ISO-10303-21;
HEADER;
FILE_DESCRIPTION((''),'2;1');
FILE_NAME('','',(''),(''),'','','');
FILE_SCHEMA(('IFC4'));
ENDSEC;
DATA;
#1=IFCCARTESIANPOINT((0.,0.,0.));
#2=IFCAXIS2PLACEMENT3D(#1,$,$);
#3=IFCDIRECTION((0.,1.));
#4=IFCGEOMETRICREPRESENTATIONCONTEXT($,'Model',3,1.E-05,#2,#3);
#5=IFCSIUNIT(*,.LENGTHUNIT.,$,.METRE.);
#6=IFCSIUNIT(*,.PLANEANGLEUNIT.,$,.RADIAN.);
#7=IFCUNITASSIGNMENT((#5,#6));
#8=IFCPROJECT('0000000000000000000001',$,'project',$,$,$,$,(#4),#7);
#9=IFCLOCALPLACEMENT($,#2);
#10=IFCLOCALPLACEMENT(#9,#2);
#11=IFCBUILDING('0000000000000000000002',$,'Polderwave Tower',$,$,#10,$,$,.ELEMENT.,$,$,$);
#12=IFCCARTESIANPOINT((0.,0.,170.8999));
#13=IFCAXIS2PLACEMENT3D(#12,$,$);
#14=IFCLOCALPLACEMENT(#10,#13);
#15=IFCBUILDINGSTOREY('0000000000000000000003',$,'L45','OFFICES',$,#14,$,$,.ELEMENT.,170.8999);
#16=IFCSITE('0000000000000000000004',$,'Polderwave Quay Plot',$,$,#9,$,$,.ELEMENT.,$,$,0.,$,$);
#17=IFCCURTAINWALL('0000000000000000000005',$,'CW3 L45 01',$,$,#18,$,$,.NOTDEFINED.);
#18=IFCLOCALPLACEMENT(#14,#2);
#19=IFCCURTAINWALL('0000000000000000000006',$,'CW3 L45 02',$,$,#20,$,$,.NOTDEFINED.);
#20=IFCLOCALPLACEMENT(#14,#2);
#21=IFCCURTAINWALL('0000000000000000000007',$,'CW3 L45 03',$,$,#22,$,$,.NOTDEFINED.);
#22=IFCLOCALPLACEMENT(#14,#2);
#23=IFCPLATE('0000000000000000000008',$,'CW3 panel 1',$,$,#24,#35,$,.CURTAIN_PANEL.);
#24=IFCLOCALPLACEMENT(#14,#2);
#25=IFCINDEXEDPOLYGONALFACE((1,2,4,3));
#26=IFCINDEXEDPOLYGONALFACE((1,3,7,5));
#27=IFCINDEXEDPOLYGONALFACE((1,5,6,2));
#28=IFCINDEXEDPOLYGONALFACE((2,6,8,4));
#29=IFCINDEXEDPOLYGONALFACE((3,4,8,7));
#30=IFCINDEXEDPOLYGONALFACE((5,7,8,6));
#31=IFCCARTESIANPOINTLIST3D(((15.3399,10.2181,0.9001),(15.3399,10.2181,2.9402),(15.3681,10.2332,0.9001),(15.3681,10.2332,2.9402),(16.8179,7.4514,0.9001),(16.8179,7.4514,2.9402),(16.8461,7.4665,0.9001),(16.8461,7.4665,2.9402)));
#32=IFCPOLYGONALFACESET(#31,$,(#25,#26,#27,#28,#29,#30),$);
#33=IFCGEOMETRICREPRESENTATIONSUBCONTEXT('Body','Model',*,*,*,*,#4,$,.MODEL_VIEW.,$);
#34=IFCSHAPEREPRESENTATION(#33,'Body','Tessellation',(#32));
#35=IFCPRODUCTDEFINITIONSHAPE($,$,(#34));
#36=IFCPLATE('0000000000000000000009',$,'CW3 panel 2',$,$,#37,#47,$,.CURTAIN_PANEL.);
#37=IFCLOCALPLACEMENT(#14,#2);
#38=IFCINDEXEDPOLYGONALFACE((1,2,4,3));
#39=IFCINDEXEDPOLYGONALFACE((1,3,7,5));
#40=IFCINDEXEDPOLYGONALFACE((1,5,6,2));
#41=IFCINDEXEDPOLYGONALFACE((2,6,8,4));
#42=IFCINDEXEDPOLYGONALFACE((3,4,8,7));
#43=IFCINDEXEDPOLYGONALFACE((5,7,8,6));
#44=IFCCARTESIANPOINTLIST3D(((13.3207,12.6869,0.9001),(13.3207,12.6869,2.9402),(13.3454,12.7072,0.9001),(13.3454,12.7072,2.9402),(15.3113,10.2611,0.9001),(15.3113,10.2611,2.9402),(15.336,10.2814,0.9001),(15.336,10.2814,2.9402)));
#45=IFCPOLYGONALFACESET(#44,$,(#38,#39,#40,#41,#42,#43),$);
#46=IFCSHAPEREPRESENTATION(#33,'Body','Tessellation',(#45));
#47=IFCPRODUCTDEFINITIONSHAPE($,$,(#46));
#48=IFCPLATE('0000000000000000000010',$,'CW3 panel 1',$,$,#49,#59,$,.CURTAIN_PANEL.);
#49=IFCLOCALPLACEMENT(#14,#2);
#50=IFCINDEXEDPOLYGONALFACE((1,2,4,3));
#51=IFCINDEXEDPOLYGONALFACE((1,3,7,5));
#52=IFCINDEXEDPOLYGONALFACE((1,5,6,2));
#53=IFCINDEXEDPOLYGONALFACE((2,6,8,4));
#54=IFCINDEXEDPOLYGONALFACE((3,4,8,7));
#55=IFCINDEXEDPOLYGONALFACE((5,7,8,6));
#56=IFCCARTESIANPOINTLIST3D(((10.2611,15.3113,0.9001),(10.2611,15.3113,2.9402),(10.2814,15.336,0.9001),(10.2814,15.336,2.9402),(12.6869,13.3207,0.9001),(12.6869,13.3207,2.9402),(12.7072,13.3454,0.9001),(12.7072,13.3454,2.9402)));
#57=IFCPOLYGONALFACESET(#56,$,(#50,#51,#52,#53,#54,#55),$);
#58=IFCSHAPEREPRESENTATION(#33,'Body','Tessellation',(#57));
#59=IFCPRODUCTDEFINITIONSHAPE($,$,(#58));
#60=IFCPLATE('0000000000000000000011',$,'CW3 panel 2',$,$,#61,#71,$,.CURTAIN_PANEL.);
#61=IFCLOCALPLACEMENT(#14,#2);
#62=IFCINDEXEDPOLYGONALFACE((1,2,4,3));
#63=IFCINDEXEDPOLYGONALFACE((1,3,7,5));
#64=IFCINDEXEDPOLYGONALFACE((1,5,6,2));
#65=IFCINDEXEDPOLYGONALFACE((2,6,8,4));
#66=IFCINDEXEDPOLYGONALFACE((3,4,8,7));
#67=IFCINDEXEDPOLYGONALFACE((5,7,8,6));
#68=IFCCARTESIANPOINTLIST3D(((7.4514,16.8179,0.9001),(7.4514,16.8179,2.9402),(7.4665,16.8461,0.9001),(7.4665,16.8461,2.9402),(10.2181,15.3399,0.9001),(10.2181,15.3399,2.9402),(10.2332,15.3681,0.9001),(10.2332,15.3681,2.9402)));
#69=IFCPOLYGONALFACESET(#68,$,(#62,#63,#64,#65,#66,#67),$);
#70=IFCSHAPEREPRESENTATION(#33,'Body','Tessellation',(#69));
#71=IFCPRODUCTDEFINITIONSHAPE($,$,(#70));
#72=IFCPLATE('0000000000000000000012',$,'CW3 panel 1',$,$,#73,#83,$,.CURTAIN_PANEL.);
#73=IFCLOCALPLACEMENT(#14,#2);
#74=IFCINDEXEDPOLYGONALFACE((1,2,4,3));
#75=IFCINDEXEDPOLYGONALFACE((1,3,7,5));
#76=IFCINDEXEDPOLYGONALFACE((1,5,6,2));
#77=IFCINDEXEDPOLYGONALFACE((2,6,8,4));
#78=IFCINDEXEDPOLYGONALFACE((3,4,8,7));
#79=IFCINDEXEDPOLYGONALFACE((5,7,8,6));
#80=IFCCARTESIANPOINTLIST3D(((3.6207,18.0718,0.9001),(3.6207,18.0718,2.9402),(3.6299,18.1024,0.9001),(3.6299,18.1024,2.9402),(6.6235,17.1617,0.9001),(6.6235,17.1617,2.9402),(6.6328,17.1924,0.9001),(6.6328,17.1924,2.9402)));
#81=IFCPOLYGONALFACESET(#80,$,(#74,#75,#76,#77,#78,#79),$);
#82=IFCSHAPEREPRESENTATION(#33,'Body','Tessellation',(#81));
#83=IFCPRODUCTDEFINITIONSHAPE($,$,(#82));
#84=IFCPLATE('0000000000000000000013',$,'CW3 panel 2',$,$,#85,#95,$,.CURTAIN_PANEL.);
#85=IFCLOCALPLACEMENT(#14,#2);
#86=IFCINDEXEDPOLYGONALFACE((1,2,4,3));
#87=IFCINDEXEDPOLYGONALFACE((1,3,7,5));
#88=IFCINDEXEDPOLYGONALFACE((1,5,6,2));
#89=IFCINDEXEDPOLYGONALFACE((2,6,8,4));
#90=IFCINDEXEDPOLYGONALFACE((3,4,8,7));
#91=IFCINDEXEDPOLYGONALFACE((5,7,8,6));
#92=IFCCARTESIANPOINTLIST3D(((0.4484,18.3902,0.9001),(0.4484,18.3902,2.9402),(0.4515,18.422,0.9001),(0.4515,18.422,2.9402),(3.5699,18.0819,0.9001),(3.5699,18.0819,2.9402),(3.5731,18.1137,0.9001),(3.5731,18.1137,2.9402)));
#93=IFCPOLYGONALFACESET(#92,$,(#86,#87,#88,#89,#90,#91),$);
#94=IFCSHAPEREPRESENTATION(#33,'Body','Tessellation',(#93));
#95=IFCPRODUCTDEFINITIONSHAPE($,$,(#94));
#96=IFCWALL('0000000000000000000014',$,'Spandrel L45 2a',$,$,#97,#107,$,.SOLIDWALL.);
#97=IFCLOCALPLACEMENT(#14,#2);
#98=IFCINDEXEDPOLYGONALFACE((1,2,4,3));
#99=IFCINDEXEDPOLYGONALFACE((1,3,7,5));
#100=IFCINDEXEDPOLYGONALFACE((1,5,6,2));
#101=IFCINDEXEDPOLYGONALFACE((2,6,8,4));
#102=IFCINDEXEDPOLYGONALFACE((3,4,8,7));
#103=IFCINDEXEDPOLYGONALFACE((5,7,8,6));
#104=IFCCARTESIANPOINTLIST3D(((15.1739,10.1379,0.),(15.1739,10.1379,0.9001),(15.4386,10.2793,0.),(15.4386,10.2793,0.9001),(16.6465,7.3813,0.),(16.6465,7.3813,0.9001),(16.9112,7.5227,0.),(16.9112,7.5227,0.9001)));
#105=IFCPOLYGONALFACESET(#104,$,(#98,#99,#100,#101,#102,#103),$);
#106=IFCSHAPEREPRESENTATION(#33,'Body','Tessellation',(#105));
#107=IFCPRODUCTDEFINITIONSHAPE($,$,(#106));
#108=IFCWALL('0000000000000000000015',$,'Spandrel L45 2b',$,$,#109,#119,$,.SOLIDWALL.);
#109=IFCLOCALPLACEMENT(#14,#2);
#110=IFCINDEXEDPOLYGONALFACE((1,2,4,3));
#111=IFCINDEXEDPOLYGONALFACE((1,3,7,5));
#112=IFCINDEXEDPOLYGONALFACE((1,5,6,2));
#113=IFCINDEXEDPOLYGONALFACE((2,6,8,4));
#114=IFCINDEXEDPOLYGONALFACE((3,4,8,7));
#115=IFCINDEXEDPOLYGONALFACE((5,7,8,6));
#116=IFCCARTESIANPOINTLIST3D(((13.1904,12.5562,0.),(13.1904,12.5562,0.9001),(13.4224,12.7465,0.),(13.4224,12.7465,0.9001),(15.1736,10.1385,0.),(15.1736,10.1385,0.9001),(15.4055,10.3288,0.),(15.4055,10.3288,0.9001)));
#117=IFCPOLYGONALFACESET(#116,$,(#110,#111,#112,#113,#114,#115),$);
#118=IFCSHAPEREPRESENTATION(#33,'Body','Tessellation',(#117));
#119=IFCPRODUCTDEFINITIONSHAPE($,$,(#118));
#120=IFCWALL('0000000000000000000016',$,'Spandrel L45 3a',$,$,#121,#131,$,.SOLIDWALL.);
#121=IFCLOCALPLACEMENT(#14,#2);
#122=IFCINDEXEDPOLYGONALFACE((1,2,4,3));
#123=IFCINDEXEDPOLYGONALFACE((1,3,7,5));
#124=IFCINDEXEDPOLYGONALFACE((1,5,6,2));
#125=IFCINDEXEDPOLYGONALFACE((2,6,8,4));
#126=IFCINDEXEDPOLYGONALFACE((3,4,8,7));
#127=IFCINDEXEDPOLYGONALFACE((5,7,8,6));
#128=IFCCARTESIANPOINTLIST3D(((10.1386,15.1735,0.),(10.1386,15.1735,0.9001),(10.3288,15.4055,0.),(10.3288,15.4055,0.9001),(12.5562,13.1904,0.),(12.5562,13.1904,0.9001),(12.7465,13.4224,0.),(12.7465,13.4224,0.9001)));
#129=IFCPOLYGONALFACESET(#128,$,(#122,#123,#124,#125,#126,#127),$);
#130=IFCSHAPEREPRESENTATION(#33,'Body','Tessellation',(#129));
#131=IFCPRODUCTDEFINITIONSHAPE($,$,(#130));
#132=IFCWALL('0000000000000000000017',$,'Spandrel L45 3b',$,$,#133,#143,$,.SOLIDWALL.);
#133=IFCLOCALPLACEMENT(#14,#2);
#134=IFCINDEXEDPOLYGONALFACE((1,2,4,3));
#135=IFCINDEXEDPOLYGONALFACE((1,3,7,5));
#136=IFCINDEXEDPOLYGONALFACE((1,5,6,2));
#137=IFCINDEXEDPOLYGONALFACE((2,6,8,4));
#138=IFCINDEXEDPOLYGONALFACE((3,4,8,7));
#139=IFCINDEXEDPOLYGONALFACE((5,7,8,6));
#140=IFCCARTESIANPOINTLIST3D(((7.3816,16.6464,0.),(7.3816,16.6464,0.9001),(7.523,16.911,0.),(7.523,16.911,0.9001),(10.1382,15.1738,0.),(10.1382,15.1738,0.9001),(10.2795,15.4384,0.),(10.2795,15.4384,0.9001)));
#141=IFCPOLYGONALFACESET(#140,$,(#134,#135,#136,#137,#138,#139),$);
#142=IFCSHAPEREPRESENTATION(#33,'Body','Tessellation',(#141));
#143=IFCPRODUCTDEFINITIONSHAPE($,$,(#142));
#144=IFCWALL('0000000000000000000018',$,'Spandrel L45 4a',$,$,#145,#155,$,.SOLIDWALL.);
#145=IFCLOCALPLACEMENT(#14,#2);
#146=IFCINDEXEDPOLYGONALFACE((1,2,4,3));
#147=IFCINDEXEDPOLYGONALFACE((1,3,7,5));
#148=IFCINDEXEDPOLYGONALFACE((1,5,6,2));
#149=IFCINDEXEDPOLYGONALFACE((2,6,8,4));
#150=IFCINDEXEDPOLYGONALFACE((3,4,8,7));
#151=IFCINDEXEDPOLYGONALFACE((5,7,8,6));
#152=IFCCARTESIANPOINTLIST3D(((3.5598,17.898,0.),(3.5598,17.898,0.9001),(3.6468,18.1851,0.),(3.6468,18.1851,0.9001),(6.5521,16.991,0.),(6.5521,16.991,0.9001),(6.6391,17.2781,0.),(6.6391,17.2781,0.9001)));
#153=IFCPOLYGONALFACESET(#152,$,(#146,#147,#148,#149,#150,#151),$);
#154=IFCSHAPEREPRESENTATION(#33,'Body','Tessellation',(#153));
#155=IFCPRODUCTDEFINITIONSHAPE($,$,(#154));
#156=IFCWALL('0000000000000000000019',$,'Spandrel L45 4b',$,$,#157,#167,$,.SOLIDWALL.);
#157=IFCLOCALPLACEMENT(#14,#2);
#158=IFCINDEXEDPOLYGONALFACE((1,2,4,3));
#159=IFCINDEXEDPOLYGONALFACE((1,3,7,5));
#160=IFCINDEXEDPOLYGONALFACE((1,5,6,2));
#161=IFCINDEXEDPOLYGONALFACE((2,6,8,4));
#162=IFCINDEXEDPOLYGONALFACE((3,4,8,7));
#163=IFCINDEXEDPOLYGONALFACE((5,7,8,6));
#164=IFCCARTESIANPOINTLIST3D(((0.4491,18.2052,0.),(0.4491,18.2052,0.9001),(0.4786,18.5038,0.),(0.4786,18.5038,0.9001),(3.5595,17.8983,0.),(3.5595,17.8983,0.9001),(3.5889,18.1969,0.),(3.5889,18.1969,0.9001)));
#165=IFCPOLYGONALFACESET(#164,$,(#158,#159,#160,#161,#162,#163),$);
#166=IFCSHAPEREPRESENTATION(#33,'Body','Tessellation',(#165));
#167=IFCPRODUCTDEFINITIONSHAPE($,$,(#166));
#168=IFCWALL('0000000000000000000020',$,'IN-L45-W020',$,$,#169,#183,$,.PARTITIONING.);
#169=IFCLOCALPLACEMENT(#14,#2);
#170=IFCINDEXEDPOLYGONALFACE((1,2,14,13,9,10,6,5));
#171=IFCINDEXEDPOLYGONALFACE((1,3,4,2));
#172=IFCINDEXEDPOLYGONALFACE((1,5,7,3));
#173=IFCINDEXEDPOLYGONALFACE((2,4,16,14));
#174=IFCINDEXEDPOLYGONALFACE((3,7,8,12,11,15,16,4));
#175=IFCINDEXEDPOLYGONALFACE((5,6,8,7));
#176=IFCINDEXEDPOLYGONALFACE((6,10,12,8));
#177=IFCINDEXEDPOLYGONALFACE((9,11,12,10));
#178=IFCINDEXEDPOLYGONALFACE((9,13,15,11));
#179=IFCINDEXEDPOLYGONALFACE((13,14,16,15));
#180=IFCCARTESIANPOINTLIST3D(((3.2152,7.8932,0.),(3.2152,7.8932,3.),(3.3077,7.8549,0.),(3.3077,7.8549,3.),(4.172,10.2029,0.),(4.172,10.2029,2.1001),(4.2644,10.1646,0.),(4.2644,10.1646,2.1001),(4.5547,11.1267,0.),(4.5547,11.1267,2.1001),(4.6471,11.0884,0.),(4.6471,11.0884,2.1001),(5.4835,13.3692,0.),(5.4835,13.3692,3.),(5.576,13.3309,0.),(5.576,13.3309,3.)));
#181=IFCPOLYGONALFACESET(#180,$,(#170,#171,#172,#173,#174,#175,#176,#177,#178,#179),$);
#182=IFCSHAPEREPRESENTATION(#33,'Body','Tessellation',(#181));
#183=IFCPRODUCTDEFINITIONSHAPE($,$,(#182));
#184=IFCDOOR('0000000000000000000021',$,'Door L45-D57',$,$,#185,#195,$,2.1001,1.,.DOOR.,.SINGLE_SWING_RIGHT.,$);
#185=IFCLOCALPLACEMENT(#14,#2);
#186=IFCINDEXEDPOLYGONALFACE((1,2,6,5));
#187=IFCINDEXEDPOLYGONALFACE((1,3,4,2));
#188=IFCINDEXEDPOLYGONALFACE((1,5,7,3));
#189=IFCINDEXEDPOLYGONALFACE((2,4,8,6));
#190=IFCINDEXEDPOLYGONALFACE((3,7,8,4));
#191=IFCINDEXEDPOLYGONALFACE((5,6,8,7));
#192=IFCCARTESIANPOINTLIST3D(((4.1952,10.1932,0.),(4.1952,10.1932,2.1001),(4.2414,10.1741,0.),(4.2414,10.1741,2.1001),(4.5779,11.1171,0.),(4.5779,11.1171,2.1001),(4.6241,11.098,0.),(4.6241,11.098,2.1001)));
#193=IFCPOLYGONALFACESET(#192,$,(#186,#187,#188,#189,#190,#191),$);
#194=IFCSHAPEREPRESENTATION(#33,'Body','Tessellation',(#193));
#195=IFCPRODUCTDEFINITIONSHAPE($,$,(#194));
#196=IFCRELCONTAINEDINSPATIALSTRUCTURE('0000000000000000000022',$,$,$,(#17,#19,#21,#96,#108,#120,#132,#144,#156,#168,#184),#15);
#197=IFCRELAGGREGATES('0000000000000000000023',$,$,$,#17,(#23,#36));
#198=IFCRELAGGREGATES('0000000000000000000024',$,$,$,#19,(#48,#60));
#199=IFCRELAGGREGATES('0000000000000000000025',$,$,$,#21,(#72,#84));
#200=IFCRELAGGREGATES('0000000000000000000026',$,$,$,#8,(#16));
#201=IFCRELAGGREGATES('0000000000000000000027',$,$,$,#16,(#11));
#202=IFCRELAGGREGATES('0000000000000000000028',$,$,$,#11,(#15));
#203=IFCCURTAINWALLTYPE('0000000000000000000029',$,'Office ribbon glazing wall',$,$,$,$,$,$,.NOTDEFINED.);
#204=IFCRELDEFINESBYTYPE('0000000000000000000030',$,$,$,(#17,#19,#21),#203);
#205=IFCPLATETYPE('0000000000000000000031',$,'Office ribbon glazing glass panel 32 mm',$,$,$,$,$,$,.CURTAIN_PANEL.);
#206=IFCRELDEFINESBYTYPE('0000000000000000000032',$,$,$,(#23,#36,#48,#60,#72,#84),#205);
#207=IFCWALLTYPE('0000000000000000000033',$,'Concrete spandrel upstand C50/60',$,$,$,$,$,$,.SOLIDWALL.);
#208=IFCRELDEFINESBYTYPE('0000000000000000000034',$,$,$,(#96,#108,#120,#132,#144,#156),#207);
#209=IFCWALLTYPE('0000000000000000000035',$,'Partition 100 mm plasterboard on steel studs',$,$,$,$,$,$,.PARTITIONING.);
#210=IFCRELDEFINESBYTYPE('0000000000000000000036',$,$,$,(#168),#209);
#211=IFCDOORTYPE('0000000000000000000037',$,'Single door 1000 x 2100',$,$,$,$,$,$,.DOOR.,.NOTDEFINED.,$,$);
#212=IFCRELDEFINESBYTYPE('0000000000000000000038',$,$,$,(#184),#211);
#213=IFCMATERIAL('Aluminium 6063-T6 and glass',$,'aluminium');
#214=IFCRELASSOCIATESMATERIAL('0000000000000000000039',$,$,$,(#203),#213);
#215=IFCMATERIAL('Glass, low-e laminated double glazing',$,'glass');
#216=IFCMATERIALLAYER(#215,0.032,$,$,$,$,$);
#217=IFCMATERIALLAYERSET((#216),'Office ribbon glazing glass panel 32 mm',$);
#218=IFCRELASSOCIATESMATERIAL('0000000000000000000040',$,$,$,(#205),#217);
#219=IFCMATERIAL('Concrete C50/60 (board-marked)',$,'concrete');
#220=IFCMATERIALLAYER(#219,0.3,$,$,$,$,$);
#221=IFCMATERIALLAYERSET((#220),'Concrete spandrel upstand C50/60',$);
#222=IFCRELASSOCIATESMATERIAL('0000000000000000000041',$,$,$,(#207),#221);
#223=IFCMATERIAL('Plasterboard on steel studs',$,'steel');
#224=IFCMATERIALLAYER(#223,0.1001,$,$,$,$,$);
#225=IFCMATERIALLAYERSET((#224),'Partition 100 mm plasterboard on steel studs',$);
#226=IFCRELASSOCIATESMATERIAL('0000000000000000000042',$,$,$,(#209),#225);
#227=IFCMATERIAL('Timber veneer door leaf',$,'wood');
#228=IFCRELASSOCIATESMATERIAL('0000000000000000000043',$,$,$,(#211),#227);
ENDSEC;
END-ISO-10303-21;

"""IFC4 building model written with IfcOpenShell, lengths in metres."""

from ifc_helpers import new_model, si_unit, direction, frame, frame_2d, origin, origin_2d, place, context, subcontext, project, spatial, rectangle, extrude, material, layer, layer_set, type_object, element, fill, aggregate, save


model = new_model("IFC4")

# Units and contexts
model_context = context("Model", 3, precision=1e-05, world=origin(), true_north=direction((0.0, 1.0)))
body_context = subcontext(model_context, "Body", "Model", "MODEL_VIEW")
ifc_project = project(units=[si_unit("LENGTHUNIT", "METRE"), si_unit("PLANEANGLEUNIT", "RADIAN")], contexts=[model_context])

# Site, building, storey
site_placement = place(None, origin())
site = spatial("IfcSite", under=ifc_project, at=site_placement, Name="Polderwave Quay Plot", CompositionType="ELEMENT", RefElevation=0.0)
building_placement = place(site_placement, origin())
building = spatial("IfcBuilding", under=site, at=building_placement, Name="Polderwave Tower", CompositionType="ELEMENT")
storey_placement = place(building_placement, frame((0.0, 0.0, 170.8999)))
storey = spatial("IfcBuildingStorey", under=building, at=storey_placement, Name="L45", Description="OFFICES", CompositionType="ELEMENT", Elevation=170.8999)

# Curtain walls
ifc_material_1 = material(Name="Aluminium 6063-T6 and glass", Category="aluminium")
curtain_wall_type = type_object("IfcCurtainWallType", Name="Office ribbon glazing wall", PredefinedType="NOTDEFINED", material=ifc_material_1)
curtain_wall_1_placement = place(storey_placement, origin())
curtain_wall_1 = element("IfcCurtainWall", 1, at=curtain_wall_1_placement, inside=storey, type_object=curtain_wall_type, Name="CW3 L45 01", PredefinedType="NOTDEFINED")
curtain_wall_2_placement = place(storey_placement, origin())
curtain_wall_2 = element("IfcCurtainWall", 2, at=curtain_wall_2_placement, inside=storey, type_object=curtain_wall_type, Name="CW3 L45 02", PredefinedType="NOTDEFINED")
curtain_wall_3_placement = place(storey_placement, origin())
curtain_wall_3 = element("IfcCurtainWall", 3, at=curtain_wall_3_placement, inside=storey, type_object=curtain_wall_type, Name="CW3 L45 03", PredefinedType="NOTDEFINED")

# Plates
ifc_material_2 = material(Name="Glass, low-e laminated double glazing", Category="glass")
ifc_layer_1 = layer(ifc_material_2, 0.032)
ifc_layer_set_1 = layer_set([ifc_layer_1], Name="Office ribbon glazing glass panel 32 mm")
plate_type = type_object("IfcPlateType", Name="Office ribbon glazing glass panel 32 mm", PredefinedType="CURTAIN_PANEL", material=ifc_layer_set_1)
plate_1_placement = place(storey_placement, frame((16.093, 8.8423, 0.9001), z_axis=(0.0, 0.0, 1.0), x_axis=(-0.471195, 0.882029, 0.0)))
plate_1 = element("IfcPlate", 4, at=plate_1_placement, type_object=plate_type, Name="CW3 panel 1", PredefinedType="CURTAIN_PANEL", context=body_context, shape_type="SweptSolid", body=[
    extrude(rectangle(XDim=3.1367, YDim=0.032, at=origin_2d()), origin(), (0.0, 0.0, 1.0), 2.04),
])
plate_2_placement = place(storey_placement, frame((14.3284, 11.4841, 0.9001), z_axis=(0.0, 0.0, 1.0), x_axis=(-0.634356, 0.773041, 0.0)))
plate_2 = element("IfcPlate", 5, at=plate_2_placement, type_object=plate_type, Name="CW3 panel 2", PredefinedType="CURTAIN_PANEL", context=body_context, shape_type="SweptSolid", body=[
    extrude(rectangle(XDim=3.1379, YDim=0.032, at=origin_2d()), origin(), (0.0, 0.0, 1.0), 2.04),
])
aggregate(curtain_wall_1, [plate_1, plate_2])
plate_3_placement = place(storey_placement, frame((11.4841, 14.3284, 0.9001), z_axis=(0.0, 0.0, 1.0), x_axis=(-0.773041, 0.634356, 0.0)))
plate_3 = element("IfcPlate", 6, at=plate_3_placement, type_object=plate_type, Name="CW3 panel 1", PredefinedType="CURTAIN_PANEL", context=body_context, shape_type="SweptSolid", body=[
    extrude(rectangle(XDim=3.1379, YDim=0.032, at=origin_2d()), origin(), (0.0, 0.0, 1.0), 2.04),
])
plate_4_placement = place(storey_placement, frame((8.8423, 16.093, 0.9001), z_axis=(0.0, 0.0, 1.0), x_axis=(-0.882029, 0.471195, 0.0)))
plate_4 = element("IfcPlate", 7, at=plate_4_placement, type_object=plate_type, Name="CW3 panel 2", PredefinedType="CURTAIN_PANEL", context=body_context, shape_type="SweptSolid", body=[
    extrude(rectangle(XDim=3.1367, YDim=0.032, at=origin_2d()), origin(), (0.0, 0.0, 1.0), 2.04),
])
aggregate(curtain_wall_2, [plate_3, plate_4])
plate_5_placement = place(storey_placement, frame((5.1267, 17.6321, 0.9001), z_axis=(0.0, 0.0, 1.0), x_axis=(-0.957014, 0.290042, 0.0)))
plate_5 = element("IfcPlate", 8, at=plate_5_placement, type_object=plate_type, Name="CW3 panel 1", PredefinedType="CURTAIN_PANEL", context=body_context, shape_type="SweptSolid", body=[
    extrude(rectangle(XDim=3.1377, YDim=0.032, at=origin_2d()), origin(), (0.0, 0.0, 1.0), 2.04),
])
plate_6_placement = place(storey_placement, frame((2.0107, 18.252, 0.9001), z_axis=(0.0, 0.0, 1.0), x_axis=(-0.995159, 0.098283, 0.0)))
plate_6 = element("IfcPlate", 9, at=plate_6_placement, type_object=plate_type, Name="CW3 panel 2", PredefinedType="CURTAIN_PANEL", context=body_context, shape_type="SweptSolid", body=[
    extrude(rectangle(XDim=3.1367, YDim=0.032, at=origin_2d()), origin(), (0.0, 0.0, 1.0), 2.04),
])
aggregate(curtain_wall_3, [plate_5, plate_6])

# Walls
ifc_material_3 = material(Name="Concrete C50/60 (board-marked)", Category="concrete")
ifc_layer_2 = layer(ifc_material_3, 0.3)
ifc_layer_set_2 = layer_set([ifc_layer_2], Name="Concrete spandrel upstand C50/60")
wall_type_1 = type_object("IfcWallType", Name="Concrete spandrel upstand C50/60", PredefinedType="SOLIDWALL", material=ifc_layer_set_2)
wall_1_placement = place(storey_placement, frame((16.7788, 7.4521, 0.0), z_axis=(0.0, 0.0, 1.0), x_axis=(-0.471204, 0.882024, 0.0)))
element("IfcWall", 10, at=wall_1_placement, inside=storey, type_object=wall_type_1, Name="Spandrel L45 2a", PredefinedType="SOLIDWALL", context=body_context, shape_type="SweptSolid", body=[
    extrude(rectangle(XDim=3.1252, YDim=0.3, at=frame_2d((1.5625, 0.0))), origin(), (0.0, 0.0, 1.0), 0.9001),
])
for number, where, z_axis, x_axis, name in (
    (11, (15.2896, 10.2336, 0.0), (0.0, 0.0, 1.0), (-0.634198, 0.773171, 0.0), "Spandrel L45 2b"),
    (12, (12.6514, 13.3064, 0.0), (0.0, 0.0, 1.0), (-0.773171, 0.634198, 0.0), "Spandrel L45 3a"),
):
    element("IfcWall", number, at=place(storey_placement, frame(where, z_axis=z_axis, x_axis=x_axis)), inside=storey, type_object=wall_type_1, Name=name, PredefinedType="SOLIDWALL", context=body_context, shape_type="SweptSolid", body=[
        extrude(rectangle(XDim=3.127, YDim=0.3, at=frame_2d((1.5635, 0.0))), origin(), (0.0, 0.0, 1.0), 0.9001),
    ])
wall_2_placement = place(storey_placement, frame((10.2087, 15.3062, 0.0), z_axis=(0.0, 0.0, 1.0), x_axis=(-0.882024, 0.471204, 0.0)))
element("IfcWall", 13, at=wall_2_placement, inside=storey, type_object=wall_type_1, Name="Spandrel L45 3b", PredefinedType="SOLIDWALL", context=body_context, shape_type="SweptSolid", body=[
    extrude(rectangle(XDim=3.1252, YDim=0.3, at=frame_2d((1.5625, 0.0))), origin(), (0.0, 0.0, 1.0), 0.9001),
])
wall_3_placement = place(storey_placement, frame((6.5957, 17.1345, 0.0), z_axis=(0.0, 0.0, 1.0), x_axis=(-0.957001, 0.290083, 0.0)))
element("IfcWall", 14, at=wall_3_placement, inside=storey, type_object=wall_type_1, Name="Spandrel L45 4a", PredefinedType="SOLIDWALL", context=body_context, shape_type="SweptSolid", body=[
    extrude(rectangle(XDim=3.1267, YDim=0.3, at=frame_2d((1.5635, 0.0))), origin(), (0.0, 0.0, 1.0), 0.9001),
])
wall_4_placement = place(storey_placement, frame((3.5742, 18.0476, 0.0), z_axis=(0.0, 0.0, 1.0), x_axis=(-0.995168, 0.098189, 0.0)))
element("IfcWall", 15, at=wall_4_placement, inside=storey, type_object=wall_type_1, Name="Spandrel L45 4b", PredefinedType="SOLIDWALL", context=body_context, shape_type="SweptSolid", body=[
    extrude(rectangle(XDim=3.1255, YDim=0.3, at=frame_2d((1.5627, 0.0))), origin(), (0.0, 0.0, 1.0), 0.9001),
])

# Wall, opening, door
ifc_material_4 = material(Name="Plasterboard on steel studs", Category="steel")
ifc_layer_3 = layer(ifc_material_4, 0.1001)
ifc_layer_set_3 = layer_set([ifc_layer_3], Name="Partition 100 mm plasterboard on steel studs")
wall_type_2 = type_object("IfcWallType", Name="Partition 100 mm plasterboard on steel studs", PredefinedType="PARTITIONING", material=ifc_layer_set_3)
wall_5_placement = place(storey_placement, frame((3.2615, 7.874, 0.0), z_axis=(0.0, 0.0, 1.0), x_axis=(0.38269, 0.923877, 0.0)))
wall_5 = element("IfcWall", 16, at=wall_5_placement, inside=storey, type_object=wall_type_2, Name="IN-L45-W020", PredefinedType="PARTITIONING", context=body_context, shape_type="SweptSolid", body=[
    extrude(rectangle(XDim=5.9272, YDim=0.1001, at=frame_2d((2.9636, 0.0))), origin(), (0.0, 0.0, 1.0), 3.0),
])
opening_1_placement = place(wall_5_placement, frame((2.5, 0.0, 0.0)))
opening_1 = element("IfcOpeningElement", 17, at=opening_1_placement, cuts=wall_5, PredefinedType="OPENING", context=body_context, shape_type="SweptSolid", body=[
    extrude(rectangle(XDim=1.0, YDim=2.1001, at=frame_2d((0.5, 1.05))), frame((0.0, 0.0601, 0.0), z_axis=(0.0, -1.0, 0.0), x_axis=(1.0, 0.0, 0.0)), (0.0, 0.0, 1.0), 0.1201),
])
ifc_material_5 = material(Name="Timber veneer door leaf", Category="wood")
door_type = type_object("IfcDoorType", Name="Single door 1000 x 2100", OperationType="NOTDEFINED", PredefinedType="DOOR", material=ifc_material_5)
door_1_placement = place(opening_1_placement, origin())
door_1 = element("IfcDoor", 18, at=door_1_placement, inside=storey, type_object=door_type, Name="Door L45-D57", OperationType="SINGLE_SWING_RIGHT", OverallHeight=2.1001, OverallWidth=1.0, PredefinedType="DOOR", context=body_context, shape_type="SweptSolid", body=[
    extrude(rectangle(XDim=1.0, YDim=2.1001, at=frame_2d((0.5, 1.05))), frame((0.0, 0.0249, 0.0), z_axis=(0.0, -1.0, 0.0), x_axis=(1.0, 0.0, 0.0)), (0.0, 0.0, 1.0), 0.05),
])
fill(opening_1, door_1)

save(model, "model.ifc")
